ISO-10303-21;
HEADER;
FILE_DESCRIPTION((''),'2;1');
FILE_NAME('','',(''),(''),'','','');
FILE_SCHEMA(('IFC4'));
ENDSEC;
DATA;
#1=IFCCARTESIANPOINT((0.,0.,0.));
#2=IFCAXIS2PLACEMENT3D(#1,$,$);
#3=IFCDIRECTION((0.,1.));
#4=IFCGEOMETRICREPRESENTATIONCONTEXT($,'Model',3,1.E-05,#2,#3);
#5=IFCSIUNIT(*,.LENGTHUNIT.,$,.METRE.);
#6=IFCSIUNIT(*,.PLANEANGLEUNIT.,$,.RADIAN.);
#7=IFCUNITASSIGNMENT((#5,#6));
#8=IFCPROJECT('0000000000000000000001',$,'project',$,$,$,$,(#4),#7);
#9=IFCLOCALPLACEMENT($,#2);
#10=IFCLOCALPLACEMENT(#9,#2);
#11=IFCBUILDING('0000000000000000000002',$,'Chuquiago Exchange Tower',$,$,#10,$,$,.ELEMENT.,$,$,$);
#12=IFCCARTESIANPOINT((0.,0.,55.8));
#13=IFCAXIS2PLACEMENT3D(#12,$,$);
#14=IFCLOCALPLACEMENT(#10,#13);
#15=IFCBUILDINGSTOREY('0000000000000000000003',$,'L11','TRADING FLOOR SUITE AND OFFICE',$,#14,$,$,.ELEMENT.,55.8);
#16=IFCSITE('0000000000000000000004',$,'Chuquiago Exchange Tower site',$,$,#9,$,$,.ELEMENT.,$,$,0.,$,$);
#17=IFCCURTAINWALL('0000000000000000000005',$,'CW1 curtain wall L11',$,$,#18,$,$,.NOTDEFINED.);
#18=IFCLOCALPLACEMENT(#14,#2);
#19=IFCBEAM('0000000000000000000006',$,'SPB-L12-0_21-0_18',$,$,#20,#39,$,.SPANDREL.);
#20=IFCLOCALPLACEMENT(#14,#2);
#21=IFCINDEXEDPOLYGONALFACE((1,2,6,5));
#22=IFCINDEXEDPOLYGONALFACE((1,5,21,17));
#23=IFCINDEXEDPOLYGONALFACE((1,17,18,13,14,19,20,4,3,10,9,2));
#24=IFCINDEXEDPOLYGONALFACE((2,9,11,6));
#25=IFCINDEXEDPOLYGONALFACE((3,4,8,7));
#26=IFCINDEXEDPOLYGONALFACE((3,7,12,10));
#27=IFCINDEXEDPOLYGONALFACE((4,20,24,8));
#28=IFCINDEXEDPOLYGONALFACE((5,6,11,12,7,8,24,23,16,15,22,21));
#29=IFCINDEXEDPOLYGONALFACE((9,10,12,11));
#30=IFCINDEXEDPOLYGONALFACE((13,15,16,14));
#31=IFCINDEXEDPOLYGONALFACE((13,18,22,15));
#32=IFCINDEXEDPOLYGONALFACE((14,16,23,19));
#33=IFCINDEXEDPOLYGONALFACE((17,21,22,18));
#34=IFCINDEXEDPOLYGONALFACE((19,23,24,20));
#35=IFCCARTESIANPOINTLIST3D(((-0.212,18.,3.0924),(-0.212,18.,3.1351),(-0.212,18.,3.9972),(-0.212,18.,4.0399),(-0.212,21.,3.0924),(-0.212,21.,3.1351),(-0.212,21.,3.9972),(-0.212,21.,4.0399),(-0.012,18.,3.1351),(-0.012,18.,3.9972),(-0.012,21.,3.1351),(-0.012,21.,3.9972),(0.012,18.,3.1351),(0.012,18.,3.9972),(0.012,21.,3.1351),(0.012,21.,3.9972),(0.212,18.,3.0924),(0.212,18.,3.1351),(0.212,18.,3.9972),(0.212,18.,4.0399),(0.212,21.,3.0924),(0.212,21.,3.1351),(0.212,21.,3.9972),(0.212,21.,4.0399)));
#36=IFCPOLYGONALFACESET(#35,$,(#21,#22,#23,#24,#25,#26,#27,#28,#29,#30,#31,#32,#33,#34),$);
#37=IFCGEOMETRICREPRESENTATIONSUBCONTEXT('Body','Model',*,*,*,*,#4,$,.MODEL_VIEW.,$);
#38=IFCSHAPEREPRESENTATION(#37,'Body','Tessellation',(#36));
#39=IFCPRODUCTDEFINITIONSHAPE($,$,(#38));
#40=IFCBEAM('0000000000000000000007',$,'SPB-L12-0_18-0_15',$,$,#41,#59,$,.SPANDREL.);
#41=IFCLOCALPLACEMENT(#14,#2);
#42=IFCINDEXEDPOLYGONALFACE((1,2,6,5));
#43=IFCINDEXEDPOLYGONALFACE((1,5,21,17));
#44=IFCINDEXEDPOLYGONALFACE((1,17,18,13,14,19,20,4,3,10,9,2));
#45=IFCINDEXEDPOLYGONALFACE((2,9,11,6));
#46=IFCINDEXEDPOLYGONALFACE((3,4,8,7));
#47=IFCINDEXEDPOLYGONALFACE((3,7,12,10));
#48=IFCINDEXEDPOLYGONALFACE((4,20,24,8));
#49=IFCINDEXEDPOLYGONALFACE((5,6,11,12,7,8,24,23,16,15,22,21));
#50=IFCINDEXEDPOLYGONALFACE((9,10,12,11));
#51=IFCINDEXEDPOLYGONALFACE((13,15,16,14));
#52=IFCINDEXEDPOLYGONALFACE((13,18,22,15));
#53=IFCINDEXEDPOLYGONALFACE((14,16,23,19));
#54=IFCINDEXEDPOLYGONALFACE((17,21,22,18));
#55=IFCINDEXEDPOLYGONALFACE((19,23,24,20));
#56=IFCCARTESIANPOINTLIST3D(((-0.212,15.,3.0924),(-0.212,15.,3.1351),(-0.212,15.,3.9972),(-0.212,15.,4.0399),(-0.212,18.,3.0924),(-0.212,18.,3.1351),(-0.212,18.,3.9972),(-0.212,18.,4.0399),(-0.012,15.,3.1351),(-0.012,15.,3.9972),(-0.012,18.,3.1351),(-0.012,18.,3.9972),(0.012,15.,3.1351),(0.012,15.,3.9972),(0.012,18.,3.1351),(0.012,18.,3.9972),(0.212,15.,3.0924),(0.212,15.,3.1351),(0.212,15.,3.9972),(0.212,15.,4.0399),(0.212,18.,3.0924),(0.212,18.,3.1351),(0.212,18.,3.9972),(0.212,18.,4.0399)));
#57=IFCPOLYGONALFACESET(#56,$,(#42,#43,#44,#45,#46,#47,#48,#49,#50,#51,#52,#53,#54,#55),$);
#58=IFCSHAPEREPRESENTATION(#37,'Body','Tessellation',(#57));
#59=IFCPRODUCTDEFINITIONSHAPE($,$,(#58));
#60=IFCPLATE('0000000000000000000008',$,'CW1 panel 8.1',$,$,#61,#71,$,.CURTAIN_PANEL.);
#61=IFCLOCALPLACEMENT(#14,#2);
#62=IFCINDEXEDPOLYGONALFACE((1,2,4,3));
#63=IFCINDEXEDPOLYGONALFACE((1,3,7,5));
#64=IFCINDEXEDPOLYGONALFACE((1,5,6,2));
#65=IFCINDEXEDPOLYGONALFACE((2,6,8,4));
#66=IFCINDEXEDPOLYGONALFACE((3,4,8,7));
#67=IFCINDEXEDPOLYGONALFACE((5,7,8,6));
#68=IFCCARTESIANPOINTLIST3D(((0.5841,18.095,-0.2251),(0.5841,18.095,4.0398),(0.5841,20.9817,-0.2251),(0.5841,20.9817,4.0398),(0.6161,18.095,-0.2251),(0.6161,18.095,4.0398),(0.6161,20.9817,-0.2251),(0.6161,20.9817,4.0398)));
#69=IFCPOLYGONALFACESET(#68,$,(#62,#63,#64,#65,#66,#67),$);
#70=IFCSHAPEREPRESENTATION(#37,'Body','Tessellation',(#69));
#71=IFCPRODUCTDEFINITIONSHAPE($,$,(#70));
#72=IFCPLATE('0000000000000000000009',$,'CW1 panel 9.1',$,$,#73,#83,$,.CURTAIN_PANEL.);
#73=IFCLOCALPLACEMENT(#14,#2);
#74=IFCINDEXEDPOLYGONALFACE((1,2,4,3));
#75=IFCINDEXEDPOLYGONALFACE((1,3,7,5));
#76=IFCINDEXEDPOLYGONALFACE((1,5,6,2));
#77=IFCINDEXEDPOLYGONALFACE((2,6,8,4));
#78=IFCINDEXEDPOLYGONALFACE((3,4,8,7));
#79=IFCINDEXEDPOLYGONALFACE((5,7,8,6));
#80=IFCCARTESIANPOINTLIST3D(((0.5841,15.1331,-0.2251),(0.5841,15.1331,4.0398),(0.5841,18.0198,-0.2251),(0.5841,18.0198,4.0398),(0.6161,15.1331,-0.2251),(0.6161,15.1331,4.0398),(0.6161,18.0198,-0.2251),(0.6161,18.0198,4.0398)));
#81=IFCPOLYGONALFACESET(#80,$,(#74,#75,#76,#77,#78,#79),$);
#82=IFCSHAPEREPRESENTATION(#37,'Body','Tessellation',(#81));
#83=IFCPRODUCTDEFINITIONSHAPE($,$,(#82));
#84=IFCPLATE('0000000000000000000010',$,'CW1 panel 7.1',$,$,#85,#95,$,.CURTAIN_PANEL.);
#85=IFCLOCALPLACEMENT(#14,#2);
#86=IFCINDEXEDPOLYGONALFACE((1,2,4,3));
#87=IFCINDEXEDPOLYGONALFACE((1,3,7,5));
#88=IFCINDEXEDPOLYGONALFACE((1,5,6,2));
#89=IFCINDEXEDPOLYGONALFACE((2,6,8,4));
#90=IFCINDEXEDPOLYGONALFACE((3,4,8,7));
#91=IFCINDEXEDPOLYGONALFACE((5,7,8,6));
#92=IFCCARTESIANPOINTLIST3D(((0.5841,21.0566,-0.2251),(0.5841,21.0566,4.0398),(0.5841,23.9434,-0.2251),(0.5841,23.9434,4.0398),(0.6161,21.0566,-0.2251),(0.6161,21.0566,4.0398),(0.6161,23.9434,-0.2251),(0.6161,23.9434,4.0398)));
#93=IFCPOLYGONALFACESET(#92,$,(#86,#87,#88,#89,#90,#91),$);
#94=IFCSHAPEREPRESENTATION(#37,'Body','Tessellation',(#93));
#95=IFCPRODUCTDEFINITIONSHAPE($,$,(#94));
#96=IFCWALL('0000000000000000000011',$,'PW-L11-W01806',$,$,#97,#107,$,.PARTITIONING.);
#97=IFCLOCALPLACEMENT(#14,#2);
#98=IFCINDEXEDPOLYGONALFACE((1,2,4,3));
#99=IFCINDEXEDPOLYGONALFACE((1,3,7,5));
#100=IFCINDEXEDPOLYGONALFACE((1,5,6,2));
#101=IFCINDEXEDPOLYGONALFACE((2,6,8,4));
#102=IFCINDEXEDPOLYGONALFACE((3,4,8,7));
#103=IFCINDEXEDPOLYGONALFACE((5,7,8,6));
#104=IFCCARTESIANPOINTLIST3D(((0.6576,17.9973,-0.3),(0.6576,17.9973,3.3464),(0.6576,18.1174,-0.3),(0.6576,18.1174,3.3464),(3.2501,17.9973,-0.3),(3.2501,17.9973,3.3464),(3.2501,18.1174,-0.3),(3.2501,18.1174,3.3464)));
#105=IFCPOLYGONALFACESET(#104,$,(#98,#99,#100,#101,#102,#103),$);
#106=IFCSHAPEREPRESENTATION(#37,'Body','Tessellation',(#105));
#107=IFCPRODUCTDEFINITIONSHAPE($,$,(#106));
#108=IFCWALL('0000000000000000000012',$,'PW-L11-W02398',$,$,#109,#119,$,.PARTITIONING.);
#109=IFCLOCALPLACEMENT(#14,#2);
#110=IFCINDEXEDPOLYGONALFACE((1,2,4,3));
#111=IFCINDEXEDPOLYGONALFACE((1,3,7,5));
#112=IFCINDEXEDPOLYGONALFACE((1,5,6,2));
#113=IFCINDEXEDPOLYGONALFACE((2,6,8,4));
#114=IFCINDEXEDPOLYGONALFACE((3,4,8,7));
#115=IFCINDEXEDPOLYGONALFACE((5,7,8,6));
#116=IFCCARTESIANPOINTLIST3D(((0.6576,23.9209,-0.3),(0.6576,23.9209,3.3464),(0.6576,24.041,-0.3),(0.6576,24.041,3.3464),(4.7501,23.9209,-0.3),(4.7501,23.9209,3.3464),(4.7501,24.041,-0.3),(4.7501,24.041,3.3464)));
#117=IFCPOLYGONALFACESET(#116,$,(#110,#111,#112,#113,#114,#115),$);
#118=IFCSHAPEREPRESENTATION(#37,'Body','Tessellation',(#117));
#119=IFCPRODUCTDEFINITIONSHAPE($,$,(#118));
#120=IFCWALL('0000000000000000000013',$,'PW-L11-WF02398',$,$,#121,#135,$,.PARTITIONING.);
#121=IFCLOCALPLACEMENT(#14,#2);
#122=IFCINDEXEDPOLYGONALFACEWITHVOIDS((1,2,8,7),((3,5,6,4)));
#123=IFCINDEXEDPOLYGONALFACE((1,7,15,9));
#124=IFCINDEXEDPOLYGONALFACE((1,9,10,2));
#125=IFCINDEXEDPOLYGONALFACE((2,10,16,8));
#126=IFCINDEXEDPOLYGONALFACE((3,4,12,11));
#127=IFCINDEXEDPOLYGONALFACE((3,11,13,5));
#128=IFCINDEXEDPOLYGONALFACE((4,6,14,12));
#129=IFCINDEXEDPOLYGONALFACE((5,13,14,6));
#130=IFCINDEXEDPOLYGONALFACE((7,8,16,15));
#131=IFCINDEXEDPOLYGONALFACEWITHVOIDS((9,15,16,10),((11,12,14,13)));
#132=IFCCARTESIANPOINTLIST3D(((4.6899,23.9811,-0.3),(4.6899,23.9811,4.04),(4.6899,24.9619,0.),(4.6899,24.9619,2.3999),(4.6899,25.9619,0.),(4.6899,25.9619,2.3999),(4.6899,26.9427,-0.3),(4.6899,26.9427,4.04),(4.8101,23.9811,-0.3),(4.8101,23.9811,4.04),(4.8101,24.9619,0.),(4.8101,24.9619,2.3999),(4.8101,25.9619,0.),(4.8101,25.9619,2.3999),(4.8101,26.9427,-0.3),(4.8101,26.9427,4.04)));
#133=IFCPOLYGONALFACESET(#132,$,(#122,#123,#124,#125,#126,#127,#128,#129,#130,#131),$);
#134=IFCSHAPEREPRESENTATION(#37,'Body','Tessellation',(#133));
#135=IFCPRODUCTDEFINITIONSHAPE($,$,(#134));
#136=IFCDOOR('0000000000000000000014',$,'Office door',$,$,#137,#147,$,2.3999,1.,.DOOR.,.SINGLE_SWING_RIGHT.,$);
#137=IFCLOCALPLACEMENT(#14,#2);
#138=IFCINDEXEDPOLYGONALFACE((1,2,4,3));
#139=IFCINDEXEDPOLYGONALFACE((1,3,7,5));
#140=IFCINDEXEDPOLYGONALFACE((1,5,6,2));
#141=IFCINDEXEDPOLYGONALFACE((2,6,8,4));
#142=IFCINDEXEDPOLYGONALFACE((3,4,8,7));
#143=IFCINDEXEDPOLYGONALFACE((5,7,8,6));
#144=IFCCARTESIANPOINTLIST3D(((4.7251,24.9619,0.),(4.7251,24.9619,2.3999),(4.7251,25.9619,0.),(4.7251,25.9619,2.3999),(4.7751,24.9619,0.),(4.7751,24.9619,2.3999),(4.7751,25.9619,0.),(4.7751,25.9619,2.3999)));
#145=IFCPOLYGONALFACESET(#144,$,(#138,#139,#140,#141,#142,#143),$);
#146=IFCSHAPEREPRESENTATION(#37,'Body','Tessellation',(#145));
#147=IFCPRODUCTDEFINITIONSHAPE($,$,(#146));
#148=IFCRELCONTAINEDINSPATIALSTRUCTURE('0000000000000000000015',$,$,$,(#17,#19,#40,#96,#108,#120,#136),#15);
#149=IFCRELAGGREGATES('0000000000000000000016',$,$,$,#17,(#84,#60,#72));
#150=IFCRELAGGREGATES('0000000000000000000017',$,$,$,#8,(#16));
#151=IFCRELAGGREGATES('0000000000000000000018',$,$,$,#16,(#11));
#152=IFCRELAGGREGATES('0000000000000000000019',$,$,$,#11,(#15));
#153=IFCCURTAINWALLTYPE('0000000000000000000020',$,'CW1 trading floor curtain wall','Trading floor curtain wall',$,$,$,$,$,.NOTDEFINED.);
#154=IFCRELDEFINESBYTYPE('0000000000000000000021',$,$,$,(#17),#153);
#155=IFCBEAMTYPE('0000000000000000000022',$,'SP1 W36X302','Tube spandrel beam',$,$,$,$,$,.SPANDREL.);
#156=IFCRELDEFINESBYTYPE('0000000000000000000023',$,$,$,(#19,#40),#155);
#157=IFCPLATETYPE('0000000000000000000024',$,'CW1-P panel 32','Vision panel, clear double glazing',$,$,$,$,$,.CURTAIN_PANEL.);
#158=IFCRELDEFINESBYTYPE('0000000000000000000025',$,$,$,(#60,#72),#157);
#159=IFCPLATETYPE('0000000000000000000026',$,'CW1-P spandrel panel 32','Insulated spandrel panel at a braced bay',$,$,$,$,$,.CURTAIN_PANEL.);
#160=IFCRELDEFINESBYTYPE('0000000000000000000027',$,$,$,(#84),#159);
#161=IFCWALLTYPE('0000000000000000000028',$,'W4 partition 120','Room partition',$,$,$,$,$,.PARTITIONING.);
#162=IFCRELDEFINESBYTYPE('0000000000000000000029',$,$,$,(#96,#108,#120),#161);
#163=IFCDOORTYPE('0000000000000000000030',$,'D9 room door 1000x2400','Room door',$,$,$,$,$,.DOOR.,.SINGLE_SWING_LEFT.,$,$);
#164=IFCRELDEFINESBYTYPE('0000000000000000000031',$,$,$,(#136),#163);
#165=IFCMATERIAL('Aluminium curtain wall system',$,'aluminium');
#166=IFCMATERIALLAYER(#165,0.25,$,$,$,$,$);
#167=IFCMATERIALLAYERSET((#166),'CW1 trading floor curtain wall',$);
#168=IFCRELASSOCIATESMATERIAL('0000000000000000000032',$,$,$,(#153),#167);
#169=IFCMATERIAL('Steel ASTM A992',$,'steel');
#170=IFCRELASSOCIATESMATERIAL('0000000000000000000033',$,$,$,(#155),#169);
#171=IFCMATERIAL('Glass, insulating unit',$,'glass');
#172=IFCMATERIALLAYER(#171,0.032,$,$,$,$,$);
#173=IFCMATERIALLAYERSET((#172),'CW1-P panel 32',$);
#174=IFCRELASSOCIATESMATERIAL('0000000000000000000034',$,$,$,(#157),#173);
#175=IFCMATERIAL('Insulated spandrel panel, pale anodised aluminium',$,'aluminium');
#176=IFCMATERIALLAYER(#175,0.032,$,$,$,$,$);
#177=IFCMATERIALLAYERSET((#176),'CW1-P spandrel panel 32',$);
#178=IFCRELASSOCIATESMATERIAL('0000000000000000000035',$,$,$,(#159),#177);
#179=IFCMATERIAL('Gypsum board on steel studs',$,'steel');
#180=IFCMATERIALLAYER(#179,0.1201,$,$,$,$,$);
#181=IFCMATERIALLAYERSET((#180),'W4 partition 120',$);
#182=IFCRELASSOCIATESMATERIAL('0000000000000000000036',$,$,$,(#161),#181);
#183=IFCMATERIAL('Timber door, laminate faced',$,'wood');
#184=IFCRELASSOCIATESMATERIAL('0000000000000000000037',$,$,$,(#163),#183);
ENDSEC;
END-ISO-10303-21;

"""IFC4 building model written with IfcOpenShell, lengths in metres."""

from ifc_helpers import new_model, si_unit, direction, frame, frame_2d, origin, origin_2d, place, context, subcontext, project, spatial, rectangle, i_section, extrude, material, layer, layer_set, material_profile, profile_set, type_object, element, fill, aggregate, save


model = new_model("IFC4")

# Units and contexts
model_context = context("Model", 3, precision=1e-05, world=origin(), true_north=direction((0.0, 1.0)))
body_context = subcontext(model_context, "Body", "Model", "MODEL_VIEW")
ifc_project = project(units=[si_unit("LENGTHUNIT", "METRE"), si_unit("PLANEANGLEUNIT", "RADIAN")], contexts=[model_context])

# Site, building, storey
site_placement = place(None, origin())
site = spatial("IfcSite", under=ifc_project, at=site_placement, Name="Chuquiago Exchange Tower site", CompositionType="ELEMENT", RefElevation=0.0)
building_placement = place(site_placement, origin())
building = spatial("IfcBuilding", under=site, at=building_placement, Name="Chuquiago Exchange Tower", CompositionType="ELEMENT")
storey_placement = place(building_placement, frame((0.0, 0.0, 55.8)))
storey = spatial("IfcBuildingStorey", under=building, at=storey_placement, Name="L11", Description="TRADING FLOOR SUITE AND OFFICE", CompositionType="ELEMENT", Elevation=55.8)

# Curtain wall
ifc_material_1 = material(Name="Aluminium curtain wall system", Category="aluminium")
ifc_layer_1 = layer(ifc_material_1, 0.25)
ifc_layer_set_1 = layer_set([ifc_layer_1], Name="CW1 trading floor curtain wall")
curtain_wall_type = type_object("IfcCurtainWallType", Name="CW1 trading floor curtain wall", Description="Trading floor curtain wall", PredefinedType="NOTDEFINED", material=ifc_layer_set_1)
curtain_wall_placement = place(storey_placement, origin())
curtain_wall = element("IfcCurtainWall", 1, at=curtain_wall_placement, inside=storey, type_object=curtain_wall_type, Name="CW1 curtain wall L11", PredefinedType="NOTDEFINED")

# Beams
ifc_material_2 = material(Name="Steel ASTM A992", Category="steel")
ifc_material_profile_1 = material_profile(ifc_material_2, i_section(OverallWidth=0.4241, OverallDepth=0.9475, WebThickness=0.0239, FlangeThickness=0.0427, at=origin_2d()), Name="W36X302")
ifc_profile_set_1 = profile_set([ifc_material_profile_1], Name="Steel ASTM A992")
beam_type = type_object("IfcBeamType", Name="SP1 W36X302", Description="Tube spandrel beam", PredefinedType="SPANDREL", material=ifc_profile_set_1)
for number, where, z_axis, x_axis, name in (
    (2, (0.0, 21.0, 3.5662), (0.0, -1.0, 0.0), (1.0, 0.0, 0.0), "SPB-L12-0_21-0_18"),
    (3, (0.0, 18.0, 3.5662), (0.0, -1.0, 0.0), (1.0, 0.0, 0.0), "SPB-L12-0_18-0_15"),
):
    element("IfcBeam", number, at=place(storey_placement, frame(where, z_axis=z_axis, x_axis=x_axis)), inside=storey, type_object=beam_type, Name=name, PredefinedType="SPANDREL", context=body_context, shape_type="SweptSolid", body=[
        extrude(i_section(OverallWidth=0.4241, OverallDepth=0.9475, WebThickness=0.0239, FlangeThickness=0.0427, at=origin_2d()), origin(), (0.0, 0.0, 1.0), 3.0),
    ])

# Plates
ifc_material_3 = material(Name="Glass, insulating unit", Category="glass")
ifc_layer_2 = layer(ifc_material_3, 0.032)
ifc_layer_set_2 = layer_set([ifc_layer_2], Name="CW1-P panel 32")
plate_type_1 = type_object("IfcPlateType", Name="CW1-P panel 32", Description="Vision panel, clear double glazing", PredefinedType="CURTAIN_PANEL", material=ifc_layer_set_2)
plate_1_placement = place(storey_placement, frame((0.6001, 19.5383, -0.2251), z_axis=(0.0, 0.0, 1.0), x_axis=(0.0, -1.0, 0.0)))
plate_1 = element("IfcPlate", 4, at=plate_1_placement, type_object=plate_type_1, Name="CW1 panel 8.1", PredefinedType="CURTAIN_PANEL", context=body_context, shape_type="SweptSolid", body=[
    extrude(rectangle(XDim=2.8867, YDim=0.032, at=origin_2d()), origin(), (0.0, 0.0, 1.0), 4.2649),
])
plate_2_placement = place(storey_placement, frame((0.6001, 16.5764, -0.2251), z_axis=(0.0, 0.0, 1.0), x_axis=(0.0, -1.0, 0.0)))
plate_2 = element("IfcPlate", 5, at=plate_2_placement, type_object=plate_type_1, Name="CW1 panel 9.1", PredefinedType="CURTAIN_PANEL", context=body_context, shape_type="SweptSolid", body=[
    extrude(rectangle(XDim=2.8867, YDim=0.032, at=origin_2d()), origin(), (0.0, 0.0, 1.0), 4.2649),
])
ifc_material_4 = material(Name="Insulated spandrel panel, pale anodised aluminium", Category="aluminium")
ifc_layer_3 = layer(ifc_material_4, 0.032)
ifc_layer_set_3 = layer_set([ifc_layer_3], Name="CW1-P spandrel panel 32")
plate_type_2 = type_object("IfcPlateType", Name="CW1-P spandrel panel 32", Description="Insulated spandrel panel at a braced bay", PredefinedType="CURTAIN_PANEL", material=ifc_layer_set_3)
plate_3_placement = place(storey_placement, frame((0.6001, 22.5, -0.2251), z_axis=(0.0, 0.0, 1.0), x_axis=(0.0, -1.0, 0.0)))
plate_3 = element("IfcPlate", 6, at=plate_3_placement, type_object=plate_type_2, Name="CW1 panel 7.1", PredefinedType="CURTAIN_PANEL", context=body_context, shape_type="SweptSolid", body=[
    extrude(rectangle(XDim=2.8867, YDim=0.032, at=origin_2d()), origin(), (0.0, 0.0, 1.0), 4.2649),
])
aggregate(curtain_wall, [plate_3, plate_1, plate_2])

# Walls
ifc_material_5 = material(Name="Gypsum board on steel studs", Category="steel")
ifc_layer_4 = layer(ifc_material_5, 0.1201)
ifc_layer_set_4 = layer_set([ifc_layer_4], Name="W4 partition 120")
wall_type = type_object("IfcWallType", Name="W4 partition 120", Description="Room partition", PredefinedType="PARTITIONING", material=ifc_layer_set_4)
wall_1_placement = place(storey_placement, frame((0.6575, 18.0574, -0.3), z_axis=(0.0, 0.0, 1.0), x_axis=(1.0, 0.0, 0.0)))
element("IfcWall", 7, at=wall_1_placement, inside=storey, type_object=wall_type, Name="PW-L11-W01806", PredefinedType="PARTITIONING", context=body_context, shape_type="SweptSolid", body=[
    extrude(rectangle(XDim=2.5925, YDim=0.1201, at=frame_2d((1.2964, 0.0))), origin(), (0.0, 0.0, 1.0), 3.6465),
])
wall_2_placement = place(storey_placement, frame((0.6575, 23.981, -0.3), z_axis=(0.0, 0.0, 1.0), x_axis=(1.0, 0.0, 0.0)))
element("IfcWall", 8, at=wall_2_placement, inside=storey, type_object=wall_type, Name="PW-L11-W02398", PredefinedType="PARTITIONING", context=body_context, shape_type="SweptSolid", body=[
    extrude(rectangle(XDim=4.0925, YDim=0.1201, at=frame_2d((2.0464, 0.0))), origin(), (0.0, 0.0, 1.0), 3.6465),
])

# Wall, opening, door
wall_3_placement = place(storey_placement, frame((4.75, 23.981, -0.3), z_axis=(0.0, 0.0, 1.0), x_axis=(0.0, 1.0, 0.0)))
wall_3 = element("IfcWall", 9, at=wall_3_placement, inside=storey, type_object=wall_type, Name="PW-L11-WF02398", PredefinedType="PARTITIONING", context=body_context, shape_type="SweptSolid", body=[
    extrude(rectangle(XDim=2.9617, YDim=0.1201, at=frame_2d((1.481, 0.0))), origin(), (0.0, 0.0, 1.0), 4.3401),
])
opening_placement = place(wall_3_placement, frame((0.981, 0.0, 0.3)))
opening = element("IfcOpeningElement", 10, at=opening_placement, cuts=wall_3, PredefinedType="OPENING", context=body_context, shape_type="SweptSolid", body=[
    extrude(rectangle(XDim=1.0, YDim=2.3999, at=frame_2d((0.5, 1.2))), frame((0.0, 0.0701, 0.0), z_axis=(0.0, -1.0, 0.0), x_axis=(1.0, 0.0, 0.0)), (0.0, 0.0, 1.0), 0.1401),
])
ifc_material_6 = material(Name="Timber door, laminate faced", Category="wood")
door_type = type_object("IfcDoorType", Name="D9 room door 1000x2400", Description="Room door", OperationType="SINGLE_SWING_LEFT", PredefinedType="DOOR", material=ifc_material_6)
door_placement = place(opening_placement, origin())
door = element("IfcDoor", 11, at=door_placement, inside=storey, type_object=door_type, Name="Office door", OperationType="SINGLE_SWING_RIGHT", OverallHeight=2.3999, OverallWidth=1.0, PredefinedType="DOOR", context=body_context, shape_type="SweptSolid", body=[
    extrude(rectangle(XDim=1.0, YDim=2.3999, at=frame_2d((0.5, 1.2))), frame((0.0, 0.0249, 0.0), z_axis=(0.0, -1.0, 0.0), x_axis=(1.0, 0.0, 0.0)), (0.0, 0.0, 1.0), 0.05),
])
fill(opening, door)

save(model, "model.ifc")
